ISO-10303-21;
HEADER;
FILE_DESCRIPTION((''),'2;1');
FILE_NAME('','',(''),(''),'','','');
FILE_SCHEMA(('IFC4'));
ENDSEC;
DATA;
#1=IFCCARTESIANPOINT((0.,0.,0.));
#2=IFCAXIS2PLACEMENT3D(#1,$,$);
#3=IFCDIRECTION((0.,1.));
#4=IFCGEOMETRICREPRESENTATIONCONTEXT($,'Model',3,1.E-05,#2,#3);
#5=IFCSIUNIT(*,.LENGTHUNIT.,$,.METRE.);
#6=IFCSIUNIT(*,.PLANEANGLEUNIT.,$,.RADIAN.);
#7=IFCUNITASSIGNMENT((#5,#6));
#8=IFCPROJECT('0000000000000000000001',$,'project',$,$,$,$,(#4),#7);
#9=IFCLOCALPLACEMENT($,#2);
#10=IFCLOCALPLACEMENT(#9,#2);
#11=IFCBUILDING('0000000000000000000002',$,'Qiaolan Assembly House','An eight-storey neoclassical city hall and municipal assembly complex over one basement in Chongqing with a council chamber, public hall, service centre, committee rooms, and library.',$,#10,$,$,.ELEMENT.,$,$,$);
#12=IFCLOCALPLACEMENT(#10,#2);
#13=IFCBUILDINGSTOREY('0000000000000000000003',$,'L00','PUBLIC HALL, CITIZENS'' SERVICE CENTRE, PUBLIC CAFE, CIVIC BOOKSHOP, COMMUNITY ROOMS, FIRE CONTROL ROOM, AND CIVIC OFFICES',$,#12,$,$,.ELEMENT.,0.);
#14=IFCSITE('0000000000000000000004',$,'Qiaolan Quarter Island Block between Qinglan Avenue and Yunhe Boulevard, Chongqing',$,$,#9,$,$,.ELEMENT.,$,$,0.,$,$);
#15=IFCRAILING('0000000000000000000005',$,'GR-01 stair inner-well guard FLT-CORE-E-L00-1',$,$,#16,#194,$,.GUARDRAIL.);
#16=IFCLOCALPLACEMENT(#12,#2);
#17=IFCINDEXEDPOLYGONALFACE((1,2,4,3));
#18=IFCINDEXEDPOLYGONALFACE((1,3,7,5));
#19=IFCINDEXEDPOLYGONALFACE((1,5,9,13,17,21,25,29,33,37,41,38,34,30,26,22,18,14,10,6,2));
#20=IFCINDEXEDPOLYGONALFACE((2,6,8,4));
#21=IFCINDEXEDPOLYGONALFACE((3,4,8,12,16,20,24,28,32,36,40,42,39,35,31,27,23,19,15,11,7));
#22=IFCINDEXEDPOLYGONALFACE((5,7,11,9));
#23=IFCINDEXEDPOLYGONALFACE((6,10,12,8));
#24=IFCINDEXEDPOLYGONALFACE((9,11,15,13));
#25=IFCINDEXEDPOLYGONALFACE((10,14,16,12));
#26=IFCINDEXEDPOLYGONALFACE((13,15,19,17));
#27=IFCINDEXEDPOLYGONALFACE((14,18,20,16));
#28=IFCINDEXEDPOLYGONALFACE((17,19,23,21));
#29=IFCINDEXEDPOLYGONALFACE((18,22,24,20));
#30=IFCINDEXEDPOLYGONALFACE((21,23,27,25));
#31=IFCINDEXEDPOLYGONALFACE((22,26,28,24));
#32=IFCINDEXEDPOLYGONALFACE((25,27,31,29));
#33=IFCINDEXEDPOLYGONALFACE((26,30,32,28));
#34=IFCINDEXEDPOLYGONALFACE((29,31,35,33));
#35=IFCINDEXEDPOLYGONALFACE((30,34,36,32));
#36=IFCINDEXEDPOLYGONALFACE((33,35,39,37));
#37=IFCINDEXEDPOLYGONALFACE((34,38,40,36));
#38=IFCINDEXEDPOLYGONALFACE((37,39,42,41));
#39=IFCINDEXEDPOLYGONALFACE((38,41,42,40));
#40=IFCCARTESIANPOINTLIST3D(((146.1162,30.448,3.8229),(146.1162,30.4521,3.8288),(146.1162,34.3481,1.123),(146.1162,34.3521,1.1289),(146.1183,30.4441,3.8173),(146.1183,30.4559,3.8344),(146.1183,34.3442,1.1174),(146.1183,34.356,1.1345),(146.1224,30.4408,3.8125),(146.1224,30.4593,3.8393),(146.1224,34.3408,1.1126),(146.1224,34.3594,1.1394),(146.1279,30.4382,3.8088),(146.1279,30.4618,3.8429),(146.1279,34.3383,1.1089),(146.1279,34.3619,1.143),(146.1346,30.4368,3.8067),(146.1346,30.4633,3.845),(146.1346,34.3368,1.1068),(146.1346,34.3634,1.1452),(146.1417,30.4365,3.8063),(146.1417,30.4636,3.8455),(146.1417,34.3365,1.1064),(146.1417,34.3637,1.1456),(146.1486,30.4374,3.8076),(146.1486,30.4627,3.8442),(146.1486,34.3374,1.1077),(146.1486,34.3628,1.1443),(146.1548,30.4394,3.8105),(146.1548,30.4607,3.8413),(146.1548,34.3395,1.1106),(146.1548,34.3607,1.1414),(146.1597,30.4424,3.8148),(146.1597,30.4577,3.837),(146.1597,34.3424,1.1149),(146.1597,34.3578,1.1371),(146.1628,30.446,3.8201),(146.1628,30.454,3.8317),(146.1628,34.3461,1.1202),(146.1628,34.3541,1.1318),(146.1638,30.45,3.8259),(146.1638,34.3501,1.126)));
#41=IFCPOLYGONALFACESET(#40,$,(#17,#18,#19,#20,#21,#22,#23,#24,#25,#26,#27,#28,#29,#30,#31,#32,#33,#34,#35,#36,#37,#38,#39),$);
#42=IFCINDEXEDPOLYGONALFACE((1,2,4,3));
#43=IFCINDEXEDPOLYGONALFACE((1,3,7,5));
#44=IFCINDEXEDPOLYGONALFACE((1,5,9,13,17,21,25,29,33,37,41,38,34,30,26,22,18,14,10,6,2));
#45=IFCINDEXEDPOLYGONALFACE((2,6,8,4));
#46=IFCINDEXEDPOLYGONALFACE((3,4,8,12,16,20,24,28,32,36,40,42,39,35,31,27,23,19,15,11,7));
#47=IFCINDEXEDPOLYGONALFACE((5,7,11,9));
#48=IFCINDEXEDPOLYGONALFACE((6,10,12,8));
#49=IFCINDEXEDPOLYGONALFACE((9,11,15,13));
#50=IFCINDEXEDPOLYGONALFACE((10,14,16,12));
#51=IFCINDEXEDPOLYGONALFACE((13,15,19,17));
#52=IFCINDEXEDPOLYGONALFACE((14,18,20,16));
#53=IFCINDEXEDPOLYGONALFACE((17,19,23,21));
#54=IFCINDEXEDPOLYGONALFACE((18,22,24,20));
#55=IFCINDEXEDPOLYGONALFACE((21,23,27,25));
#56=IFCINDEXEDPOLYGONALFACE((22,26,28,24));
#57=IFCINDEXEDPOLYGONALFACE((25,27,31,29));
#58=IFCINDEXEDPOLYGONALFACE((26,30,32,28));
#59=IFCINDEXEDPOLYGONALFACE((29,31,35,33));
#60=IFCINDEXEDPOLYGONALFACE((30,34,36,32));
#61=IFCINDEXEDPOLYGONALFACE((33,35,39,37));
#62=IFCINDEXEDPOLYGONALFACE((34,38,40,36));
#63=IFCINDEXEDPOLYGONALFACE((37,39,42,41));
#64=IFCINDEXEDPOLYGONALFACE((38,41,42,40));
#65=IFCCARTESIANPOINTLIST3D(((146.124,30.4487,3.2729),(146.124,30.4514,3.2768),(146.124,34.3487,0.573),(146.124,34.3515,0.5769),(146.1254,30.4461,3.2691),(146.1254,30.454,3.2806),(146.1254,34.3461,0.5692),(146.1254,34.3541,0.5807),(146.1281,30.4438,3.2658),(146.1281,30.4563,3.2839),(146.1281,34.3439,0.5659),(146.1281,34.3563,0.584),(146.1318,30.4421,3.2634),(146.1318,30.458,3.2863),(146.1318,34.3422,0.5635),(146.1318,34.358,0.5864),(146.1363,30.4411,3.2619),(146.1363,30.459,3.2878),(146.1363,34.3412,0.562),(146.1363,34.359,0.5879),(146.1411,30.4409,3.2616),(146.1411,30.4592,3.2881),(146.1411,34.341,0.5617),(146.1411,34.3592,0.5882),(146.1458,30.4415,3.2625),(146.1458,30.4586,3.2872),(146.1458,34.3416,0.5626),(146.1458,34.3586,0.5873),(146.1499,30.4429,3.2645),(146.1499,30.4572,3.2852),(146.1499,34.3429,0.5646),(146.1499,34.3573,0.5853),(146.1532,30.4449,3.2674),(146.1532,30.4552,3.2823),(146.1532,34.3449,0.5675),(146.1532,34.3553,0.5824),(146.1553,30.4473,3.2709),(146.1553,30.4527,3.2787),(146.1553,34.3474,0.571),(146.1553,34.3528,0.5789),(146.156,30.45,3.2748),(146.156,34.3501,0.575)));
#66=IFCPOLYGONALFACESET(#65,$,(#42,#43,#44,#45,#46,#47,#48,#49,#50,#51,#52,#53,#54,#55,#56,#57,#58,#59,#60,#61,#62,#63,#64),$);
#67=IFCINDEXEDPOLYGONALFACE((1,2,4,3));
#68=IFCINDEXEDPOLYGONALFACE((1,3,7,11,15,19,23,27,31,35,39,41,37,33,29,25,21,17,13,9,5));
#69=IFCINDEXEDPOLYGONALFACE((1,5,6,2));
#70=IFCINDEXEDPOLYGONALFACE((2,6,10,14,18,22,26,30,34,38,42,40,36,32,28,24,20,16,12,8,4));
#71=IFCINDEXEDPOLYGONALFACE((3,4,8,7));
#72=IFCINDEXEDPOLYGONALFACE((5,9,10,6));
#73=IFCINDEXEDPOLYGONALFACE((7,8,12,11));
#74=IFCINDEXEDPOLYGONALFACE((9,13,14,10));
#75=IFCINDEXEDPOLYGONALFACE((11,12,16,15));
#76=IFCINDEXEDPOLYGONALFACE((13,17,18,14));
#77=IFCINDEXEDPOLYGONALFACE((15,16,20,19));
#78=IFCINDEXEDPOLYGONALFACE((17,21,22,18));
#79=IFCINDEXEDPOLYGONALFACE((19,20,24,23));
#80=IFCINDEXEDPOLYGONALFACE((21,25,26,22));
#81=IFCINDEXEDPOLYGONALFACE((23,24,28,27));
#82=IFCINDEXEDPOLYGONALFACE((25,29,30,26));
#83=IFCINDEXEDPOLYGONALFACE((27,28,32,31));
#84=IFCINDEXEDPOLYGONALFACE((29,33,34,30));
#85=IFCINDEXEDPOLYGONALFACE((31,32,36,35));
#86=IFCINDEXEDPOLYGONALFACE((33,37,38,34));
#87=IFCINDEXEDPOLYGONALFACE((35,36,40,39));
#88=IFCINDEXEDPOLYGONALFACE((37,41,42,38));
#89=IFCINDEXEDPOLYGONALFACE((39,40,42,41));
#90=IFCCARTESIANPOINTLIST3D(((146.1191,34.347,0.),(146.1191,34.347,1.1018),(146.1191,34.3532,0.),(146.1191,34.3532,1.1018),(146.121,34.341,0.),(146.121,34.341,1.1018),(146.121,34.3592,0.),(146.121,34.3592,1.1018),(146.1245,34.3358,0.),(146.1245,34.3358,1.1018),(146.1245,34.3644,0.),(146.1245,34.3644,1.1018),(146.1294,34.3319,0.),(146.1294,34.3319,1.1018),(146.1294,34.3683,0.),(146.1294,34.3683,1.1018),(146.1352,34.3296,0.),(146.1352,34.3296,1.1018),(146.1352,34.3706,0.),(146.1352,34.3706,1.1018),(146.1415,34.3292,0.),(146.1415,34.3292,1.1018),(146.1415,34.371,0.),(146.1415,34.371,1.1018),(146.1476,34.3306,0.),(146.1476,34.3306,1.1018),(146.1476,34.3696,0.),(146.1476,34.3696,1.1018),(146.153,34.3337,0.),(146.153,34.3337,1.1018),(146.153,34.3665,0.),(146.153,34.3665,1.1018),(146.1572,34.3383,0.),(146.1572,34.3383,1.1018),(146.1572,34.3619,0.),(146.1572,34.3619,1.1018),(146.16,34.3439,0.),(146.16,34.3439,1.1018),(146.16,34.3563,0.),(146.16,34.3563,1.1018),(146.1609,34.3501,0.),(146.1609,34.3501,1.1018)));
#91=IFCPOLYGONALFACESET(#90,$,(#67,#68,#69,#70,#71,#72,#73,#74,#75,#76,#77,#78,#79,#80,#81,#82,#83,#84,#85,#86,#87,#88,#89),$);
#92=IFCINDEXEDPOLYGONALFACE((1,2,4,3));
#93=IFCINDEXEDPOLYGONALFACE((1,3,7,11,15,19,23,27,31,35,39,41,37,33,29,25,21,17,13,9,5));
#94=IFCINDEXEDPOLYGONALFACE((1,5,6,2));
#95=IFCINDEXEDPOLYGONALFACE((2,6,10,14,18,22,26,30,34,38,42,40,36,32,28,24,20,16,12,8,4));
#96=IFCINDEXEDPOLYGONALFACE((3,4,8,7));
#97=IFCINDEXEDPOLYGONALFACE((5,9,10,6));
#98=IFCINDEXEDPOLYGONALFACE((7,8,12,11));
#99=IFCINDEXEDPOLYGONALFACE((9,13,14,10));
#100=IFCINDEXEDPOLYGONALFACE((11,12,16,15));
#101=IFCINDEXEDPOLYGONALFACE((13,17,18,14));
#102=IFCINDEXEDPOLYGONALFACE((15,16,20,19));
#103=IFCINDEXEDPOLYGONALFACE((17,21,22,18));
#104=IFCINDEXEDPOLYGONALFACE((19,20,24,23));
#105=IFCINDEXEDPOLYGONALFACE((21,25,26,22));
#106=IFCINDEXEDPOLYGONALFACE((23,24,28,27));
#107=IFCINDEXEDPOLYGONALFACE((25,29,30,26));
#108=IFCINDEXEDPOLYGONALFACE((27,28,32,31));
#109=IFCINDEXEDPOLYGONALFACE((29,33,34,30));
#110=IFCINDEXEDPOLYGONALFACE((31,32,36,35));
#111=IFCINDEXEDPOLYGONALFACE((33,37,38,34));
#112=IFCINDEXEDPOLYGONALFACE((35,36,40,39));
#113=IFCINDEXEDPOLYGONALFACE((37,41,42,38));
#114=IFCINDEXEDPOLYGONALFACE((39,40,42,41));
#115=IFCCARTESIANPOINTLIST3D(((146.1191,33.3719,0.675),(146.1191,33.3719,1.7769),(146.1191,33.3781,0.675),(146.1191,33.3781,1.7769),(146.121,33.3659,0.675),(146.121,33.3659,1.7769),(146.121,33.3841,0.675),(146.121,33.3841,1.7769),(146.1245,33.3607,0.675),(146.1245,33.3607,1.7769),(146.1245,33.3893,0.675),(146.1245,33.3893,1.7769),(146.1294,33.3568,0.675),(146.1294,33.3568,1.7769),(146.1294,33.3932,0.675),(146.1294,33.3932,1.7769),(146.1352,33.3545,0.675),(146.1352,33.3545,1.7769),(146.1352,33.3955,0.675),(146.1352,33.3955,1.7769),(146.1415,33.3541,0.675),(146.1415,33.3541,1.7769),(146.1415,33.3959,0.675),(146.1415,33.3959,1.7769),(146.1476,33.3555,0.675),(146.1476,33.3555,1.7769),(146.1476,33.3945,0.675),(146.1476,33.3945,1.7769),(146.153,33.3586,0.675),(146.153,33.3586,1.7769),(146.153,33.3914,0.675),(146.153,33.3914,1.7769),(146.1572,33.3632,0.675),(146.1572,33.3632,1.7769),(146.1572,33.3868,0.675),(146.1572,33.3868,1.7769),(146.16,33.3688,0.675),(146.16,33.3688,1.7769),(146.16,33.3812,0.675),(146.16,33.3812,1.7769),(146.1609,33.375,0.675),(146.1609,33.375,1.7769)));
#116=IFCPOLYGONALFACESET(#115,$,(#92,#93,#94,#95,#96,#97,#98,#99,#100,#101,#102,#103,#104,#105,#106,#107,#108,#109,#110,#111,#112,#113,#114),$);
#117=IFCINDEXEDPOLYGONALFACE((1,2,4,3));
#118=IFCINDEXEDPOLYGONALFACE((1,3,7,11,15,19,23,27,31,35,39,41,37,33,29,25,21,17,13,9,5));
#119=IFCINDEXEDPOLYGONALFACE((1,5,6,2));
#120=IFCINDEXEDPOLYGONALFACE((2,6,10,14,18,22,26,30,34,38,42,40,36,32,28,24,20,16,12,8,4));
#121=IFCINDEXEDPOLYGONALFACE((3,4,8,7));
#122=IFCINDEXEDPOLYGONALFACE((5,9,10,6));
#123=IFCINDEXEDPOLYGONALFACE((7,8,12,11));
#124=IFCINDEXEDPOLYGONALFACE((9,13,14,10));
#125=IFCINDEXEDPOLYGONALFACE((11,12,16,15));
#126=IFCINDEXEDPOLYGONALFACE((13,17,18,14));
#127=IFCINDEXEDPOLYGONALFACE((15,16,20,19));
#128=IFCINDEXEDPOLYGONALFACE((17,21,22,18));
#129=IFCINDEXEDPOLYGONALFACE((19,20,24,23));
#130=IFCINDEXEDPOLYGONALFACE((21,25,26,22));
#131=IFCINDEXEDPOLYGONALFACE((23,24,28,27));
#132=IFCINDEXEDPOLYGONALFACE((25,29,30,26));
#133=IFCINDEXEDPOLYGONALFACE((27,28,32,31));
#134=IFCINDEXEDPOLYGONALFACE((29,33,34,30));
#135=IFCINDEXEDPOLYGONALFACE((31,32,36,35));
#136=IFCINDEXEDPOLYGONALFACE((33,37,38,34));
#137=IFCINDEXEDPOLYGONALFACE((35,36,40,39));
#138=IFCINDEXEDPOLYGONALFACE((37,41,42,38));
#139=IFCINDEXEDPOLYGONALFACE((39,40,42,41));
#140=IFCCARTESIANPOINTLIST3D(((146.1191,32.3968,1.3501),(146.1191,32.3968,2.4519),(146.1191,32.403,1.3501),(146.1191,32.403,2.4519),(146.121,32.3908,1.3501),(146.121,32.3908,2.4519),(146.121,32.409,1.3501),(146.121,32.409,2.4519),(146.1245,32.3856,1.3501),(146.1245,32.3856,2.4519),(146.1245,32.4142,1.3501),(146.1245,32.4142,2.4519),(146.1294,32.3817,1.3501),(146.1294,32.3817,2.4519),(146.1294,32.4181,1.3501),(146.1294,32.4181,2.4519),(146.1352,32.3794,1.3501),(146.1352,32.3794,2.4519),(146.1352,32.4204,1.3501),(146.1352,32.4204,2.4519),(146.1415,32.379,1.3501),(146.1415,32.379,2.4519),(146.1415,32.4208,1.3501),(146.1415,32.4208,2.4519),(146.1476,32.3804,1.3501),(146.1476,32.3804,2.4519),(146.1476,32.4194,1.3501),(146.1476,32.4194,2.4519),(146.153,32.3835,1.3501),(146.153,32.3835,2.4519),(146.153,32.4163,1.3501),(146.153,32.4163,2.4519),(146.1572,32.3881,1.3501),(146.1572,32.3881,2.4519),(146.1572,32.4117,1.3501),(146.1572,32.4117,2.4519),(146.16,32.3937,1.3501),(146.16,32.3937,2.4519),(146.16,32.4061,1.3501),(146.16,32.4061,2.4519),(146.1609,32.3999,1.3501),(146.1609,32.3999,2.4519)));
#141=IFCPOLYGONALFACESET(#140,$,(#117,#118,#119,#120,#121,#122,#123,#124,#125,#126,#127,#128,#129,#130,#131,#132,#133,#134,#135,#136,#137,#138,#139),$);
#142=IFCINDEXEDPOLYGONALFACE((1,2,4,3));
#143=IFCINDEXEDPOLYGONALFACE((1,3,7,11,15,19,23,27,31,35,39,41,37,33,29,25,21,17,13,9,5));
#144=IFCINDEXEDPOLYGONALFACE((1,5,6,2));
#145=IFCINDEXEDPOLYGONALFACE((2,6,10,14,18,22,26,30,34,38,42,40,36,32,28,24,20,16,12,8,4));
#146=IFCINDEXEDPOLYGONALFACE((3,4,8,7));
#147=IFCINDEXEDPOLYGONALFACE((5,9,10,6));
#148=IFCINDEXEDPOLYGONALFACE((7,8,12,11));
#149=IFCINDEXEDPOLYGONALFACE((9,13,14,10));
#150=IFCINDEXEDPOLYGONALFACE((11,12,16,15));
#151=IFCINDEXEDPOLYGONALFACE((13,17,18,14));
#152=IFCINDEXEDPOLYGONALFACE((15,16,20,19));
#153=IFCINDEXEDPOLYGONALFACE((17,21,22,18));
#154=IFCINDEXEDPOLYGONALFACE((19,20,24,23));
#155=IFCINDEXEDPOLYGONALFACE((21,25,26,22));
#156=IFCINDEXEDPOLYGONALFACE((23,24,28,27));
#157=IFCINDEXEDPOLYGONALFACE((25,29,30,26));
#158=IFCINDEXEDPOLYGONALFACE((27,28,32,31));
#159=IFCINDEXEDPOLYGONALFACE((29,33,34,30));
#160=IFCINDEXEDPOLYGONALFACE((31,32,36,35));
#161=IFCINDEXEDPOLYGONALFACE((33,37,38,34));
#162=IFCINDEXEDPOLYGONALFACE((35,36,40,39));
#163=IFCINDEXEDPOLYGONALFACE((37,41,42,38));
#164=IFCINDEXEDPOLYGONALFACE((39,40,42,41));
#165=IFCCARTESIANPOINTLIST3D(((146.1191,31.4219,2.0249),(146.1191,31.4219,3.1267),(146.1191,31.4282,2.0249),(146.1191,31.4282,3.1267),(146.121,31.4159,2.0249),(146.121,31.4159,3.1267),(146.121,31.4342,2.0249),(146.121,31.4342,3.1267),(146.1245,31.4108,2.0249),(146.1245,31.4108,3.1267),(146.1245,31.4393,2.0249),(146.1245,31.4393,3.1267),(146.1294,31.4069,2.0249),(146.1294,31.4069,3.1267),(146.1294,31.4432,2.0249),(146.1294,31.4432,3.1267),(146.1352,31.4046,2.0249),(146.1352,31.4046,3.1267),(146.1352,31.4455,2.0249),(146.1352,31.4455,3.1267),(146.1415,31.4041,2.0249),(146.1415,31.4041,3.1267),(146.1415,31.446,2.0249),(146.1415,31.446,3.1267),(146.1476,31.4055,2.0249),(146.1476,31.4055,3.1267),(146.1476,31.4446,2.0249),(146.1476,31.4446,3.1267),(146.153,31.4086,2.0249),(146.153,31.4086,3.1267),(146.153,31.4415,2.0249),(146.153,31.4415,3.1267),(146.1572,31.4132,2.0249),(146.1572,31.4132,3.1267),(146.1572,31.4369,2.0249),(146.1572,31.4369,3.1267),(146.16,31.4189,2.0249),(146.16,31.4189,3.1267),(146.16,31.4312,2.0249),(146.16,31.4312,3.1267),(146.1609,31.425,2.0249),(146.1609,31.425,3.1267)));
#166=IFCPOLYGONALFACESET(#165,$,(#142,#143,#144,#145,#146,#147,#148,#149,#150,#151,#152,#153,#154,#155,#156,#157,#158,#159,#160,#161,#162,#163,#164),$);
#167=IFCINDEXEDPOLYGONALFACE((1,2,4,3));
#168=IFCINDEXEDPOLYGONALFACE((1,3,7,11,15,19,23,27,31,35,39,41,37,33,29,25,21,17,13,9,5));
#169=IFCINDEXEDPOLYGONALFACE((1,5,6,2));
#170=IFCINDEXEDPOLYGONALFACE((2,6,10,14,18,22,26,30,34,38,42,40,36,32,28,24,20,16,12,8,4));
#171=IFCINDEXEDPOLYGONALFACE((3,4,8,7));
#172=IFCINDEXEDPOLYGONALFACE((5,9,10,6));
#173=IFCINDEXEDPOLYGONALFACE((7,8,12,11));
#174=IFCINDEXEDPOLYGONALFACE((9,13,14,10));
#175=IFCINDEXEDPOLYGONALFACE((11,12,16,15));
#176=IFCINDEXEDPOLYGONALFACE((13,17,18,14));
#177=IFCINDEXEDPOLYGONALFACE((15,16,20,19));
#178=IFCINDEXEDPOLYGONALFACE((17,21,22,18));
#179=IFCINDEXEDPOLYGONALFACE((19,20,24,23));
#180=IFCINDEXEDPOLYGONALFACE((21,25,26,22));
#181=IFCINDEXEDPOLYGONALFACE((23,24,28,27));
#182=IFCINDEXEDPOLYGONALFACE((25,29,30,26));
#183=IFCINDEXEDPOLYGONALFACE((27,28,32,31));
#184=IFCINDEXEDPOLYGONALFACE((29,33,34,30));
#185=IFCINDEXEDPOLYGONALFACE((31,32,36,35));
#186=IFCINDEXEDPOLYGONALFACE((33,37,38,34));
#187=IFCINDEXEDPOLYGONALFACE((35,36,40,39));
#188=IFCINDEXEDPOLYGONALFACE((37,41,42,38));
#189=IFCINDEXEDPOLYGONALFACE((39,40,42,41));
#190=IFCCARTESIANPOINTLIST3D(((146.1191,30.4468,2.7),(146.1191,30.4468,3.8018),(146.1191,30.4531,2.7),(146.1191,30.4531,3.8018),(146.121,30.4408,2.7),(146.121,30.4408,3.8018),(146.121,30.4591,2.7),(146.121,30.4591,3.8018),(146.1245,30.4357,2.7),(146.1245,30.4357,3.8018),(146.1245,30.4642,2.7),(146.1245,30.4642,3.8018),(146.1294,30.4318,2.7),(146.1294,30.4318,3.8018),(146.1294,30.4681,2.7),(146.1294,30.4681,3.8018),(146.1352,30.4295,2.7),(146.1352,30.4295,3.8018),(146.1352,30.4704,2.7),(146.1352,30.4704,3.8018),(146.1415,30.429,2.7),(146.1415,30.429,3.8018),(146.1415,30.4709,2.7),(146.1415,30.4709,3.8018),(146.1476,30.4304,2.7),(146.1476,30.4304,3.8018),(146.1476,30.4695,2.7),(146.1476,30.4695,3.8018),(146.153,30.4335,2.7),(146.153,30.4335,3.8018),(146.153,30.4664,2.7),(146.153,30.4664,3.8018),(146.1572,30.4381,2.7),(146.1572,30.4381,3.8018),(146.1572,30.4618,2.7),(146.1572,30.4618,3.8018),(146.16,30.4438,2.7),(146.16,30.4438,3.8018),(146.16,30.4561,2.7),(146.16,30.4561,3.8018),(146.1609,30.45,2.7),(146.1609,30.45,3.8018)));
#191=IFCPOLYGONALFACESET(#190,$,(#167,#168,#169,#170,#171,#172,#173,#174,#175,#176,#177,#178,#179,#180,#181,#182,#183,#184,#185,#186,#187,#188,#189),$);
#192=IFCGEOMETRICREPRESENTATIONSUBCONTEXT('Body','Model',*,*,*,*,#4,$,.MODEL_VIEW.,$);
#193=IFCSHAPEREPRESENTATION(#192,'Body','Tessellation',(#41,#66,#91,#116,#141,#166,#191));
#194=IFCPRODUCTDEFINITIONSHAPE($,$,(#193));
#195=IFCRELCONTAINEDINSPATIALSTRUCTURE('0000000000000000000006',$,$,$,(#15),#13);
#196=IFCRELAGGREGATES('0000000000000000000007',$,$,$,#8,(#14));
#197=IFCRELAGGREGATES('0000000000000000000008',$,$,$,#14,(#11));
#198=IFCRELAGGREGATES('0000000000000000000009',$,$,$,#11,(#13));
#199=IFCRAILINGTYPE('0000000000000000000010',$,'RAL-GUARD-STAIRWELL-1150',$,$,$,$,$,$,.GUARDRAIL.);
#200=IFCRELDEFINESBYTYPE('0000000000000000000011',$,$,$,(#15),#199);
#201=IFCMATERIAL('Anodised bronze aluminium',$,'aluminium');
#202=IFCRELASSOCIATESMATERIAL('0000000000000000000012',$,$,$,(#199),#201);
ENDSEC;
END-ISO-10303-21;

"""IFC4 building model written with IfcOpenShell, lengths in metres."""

from ifc_helpers import new_model, si_unit, direction, frame, origin, origin_2d, place, context, subcontext, project, spatial, circle, extrude, material, type_object, element, save


model = new_model("IFC4")

# Units and contexts
model_context = context("Model", 3, precision=1e-05, world=origin(), true_north=direction((0.0, 1.0)))
body_context = subcontext(model_context, "Body", "Model", "MODEL_VIEW")
ifc_project = project(units=[si_unit("LENGTHUNIT", "METRE"), si_unit("PLANEANGLEUNIT", "RADIAN")], contexts=[model_context])

# Site, building, storey
site_placement = place(None, origin())
site = spatial("IfcSite", under=ifc_project, at=site_placement, Name="Qiaolan Quarter Island Block between Qinglan Avenue and Yunhe Boulevard, Chongqing", CompositionType="ELEMENT", RefElevation=0.0)
building_placement = place(site_placement, origin())
building = spatial("IfcBuilding", under=site, at=building_placement, Name="Qiaolan Assembly House", Description="An eight-storey neoclassical city hall and municipal assembly complex over one basement in Chongqing with a council chamber, public hall, service centre, committee rooms, and library.", CompositionType="ELEMENT")
storey_placement = place(building_placement, origin())
storey = spatial("IfcBuildingStorey", under=building, at=storey_placement, Name="L00", Description="PUBLIC HALL, CITIZENS' SERVICE CENTRE, PUBLIC CAFE, CIVIC BOOKSHOP, COMMUNITY ROOMS, FIRE CONTROL ROOM, AND CIVIC OFFICES", CompositionType="ELEMENT", Elevation=0.0)

# Shared definitions
ifc_material_1 = material(Name="Anodised bronze aluminium", Category="aluminium")

# Railing
railing_type_1 = type_object("IfcRailingType", Name="RAL-GUARD-STAIRWELL-1150", PredefinedType="GUARDRAIL", material=ifc_material_1)
railing_1_placement = place(storey_placement, frame((146.1399, 34.3501, 0.0)))
element("IfcRailing", 1, at=railing_1_placement, inside=storey, type_object=railing_type_1, Name="GR-01 stair inner-well guard FLT-CORE-E-L00-1", PredefinedType="GUARDRAIL", context=body_context, shape_type="SweptSolid", body=[
    extrude(circle(Radius=0.0239, at=origin_2d()), frame((0.0, 0.0, 1.126), z_axis=(0.0, -0.822207, 0.569189), x_axis=(1.0, 0.0, 0.0)), (0.0, 0.0, 1.0), 4.7434),
    extrude(circle(Radius=0.0161, at=origin_2d()), frame((0.0, 0.0, 0.575), z_axis=(0.0, -0.822207, 0.569189), x_axis=(1.0, 0.0, 0.0)), (0.0, 0.0, 1.0), 4.7434),
    extrude(circle(Radius=0.021, at=origin_2d()), origin(), (0.0, 0.0, 1.0), 1.1018),
    extrude(circle(Radius=0.021, at=origin_2d()), frame((0.0, -0.9751, 0.675)), (0.0, 0.0, 1.0), 1.1018),
    extrude(circle(Radius=0.021, at=origin_2d()), frame((0.0, -1.9502, 1.3501)), (0.0, 0.0, 1.0), 1.1018),
    extrude(circle(Radius=0.021, at=origin_2d()), frame((0.0, -2.925, 2.0249)), (0.0, 0.0, 1.0), 1.1018),
    extrude(circle(Radius=0.021, at=origin_2d()), frame((0.0, -3.9001, 2.7)), (0.0, 0.0, 1.0), 1.1018),
])

save(model, "model.ifc")
